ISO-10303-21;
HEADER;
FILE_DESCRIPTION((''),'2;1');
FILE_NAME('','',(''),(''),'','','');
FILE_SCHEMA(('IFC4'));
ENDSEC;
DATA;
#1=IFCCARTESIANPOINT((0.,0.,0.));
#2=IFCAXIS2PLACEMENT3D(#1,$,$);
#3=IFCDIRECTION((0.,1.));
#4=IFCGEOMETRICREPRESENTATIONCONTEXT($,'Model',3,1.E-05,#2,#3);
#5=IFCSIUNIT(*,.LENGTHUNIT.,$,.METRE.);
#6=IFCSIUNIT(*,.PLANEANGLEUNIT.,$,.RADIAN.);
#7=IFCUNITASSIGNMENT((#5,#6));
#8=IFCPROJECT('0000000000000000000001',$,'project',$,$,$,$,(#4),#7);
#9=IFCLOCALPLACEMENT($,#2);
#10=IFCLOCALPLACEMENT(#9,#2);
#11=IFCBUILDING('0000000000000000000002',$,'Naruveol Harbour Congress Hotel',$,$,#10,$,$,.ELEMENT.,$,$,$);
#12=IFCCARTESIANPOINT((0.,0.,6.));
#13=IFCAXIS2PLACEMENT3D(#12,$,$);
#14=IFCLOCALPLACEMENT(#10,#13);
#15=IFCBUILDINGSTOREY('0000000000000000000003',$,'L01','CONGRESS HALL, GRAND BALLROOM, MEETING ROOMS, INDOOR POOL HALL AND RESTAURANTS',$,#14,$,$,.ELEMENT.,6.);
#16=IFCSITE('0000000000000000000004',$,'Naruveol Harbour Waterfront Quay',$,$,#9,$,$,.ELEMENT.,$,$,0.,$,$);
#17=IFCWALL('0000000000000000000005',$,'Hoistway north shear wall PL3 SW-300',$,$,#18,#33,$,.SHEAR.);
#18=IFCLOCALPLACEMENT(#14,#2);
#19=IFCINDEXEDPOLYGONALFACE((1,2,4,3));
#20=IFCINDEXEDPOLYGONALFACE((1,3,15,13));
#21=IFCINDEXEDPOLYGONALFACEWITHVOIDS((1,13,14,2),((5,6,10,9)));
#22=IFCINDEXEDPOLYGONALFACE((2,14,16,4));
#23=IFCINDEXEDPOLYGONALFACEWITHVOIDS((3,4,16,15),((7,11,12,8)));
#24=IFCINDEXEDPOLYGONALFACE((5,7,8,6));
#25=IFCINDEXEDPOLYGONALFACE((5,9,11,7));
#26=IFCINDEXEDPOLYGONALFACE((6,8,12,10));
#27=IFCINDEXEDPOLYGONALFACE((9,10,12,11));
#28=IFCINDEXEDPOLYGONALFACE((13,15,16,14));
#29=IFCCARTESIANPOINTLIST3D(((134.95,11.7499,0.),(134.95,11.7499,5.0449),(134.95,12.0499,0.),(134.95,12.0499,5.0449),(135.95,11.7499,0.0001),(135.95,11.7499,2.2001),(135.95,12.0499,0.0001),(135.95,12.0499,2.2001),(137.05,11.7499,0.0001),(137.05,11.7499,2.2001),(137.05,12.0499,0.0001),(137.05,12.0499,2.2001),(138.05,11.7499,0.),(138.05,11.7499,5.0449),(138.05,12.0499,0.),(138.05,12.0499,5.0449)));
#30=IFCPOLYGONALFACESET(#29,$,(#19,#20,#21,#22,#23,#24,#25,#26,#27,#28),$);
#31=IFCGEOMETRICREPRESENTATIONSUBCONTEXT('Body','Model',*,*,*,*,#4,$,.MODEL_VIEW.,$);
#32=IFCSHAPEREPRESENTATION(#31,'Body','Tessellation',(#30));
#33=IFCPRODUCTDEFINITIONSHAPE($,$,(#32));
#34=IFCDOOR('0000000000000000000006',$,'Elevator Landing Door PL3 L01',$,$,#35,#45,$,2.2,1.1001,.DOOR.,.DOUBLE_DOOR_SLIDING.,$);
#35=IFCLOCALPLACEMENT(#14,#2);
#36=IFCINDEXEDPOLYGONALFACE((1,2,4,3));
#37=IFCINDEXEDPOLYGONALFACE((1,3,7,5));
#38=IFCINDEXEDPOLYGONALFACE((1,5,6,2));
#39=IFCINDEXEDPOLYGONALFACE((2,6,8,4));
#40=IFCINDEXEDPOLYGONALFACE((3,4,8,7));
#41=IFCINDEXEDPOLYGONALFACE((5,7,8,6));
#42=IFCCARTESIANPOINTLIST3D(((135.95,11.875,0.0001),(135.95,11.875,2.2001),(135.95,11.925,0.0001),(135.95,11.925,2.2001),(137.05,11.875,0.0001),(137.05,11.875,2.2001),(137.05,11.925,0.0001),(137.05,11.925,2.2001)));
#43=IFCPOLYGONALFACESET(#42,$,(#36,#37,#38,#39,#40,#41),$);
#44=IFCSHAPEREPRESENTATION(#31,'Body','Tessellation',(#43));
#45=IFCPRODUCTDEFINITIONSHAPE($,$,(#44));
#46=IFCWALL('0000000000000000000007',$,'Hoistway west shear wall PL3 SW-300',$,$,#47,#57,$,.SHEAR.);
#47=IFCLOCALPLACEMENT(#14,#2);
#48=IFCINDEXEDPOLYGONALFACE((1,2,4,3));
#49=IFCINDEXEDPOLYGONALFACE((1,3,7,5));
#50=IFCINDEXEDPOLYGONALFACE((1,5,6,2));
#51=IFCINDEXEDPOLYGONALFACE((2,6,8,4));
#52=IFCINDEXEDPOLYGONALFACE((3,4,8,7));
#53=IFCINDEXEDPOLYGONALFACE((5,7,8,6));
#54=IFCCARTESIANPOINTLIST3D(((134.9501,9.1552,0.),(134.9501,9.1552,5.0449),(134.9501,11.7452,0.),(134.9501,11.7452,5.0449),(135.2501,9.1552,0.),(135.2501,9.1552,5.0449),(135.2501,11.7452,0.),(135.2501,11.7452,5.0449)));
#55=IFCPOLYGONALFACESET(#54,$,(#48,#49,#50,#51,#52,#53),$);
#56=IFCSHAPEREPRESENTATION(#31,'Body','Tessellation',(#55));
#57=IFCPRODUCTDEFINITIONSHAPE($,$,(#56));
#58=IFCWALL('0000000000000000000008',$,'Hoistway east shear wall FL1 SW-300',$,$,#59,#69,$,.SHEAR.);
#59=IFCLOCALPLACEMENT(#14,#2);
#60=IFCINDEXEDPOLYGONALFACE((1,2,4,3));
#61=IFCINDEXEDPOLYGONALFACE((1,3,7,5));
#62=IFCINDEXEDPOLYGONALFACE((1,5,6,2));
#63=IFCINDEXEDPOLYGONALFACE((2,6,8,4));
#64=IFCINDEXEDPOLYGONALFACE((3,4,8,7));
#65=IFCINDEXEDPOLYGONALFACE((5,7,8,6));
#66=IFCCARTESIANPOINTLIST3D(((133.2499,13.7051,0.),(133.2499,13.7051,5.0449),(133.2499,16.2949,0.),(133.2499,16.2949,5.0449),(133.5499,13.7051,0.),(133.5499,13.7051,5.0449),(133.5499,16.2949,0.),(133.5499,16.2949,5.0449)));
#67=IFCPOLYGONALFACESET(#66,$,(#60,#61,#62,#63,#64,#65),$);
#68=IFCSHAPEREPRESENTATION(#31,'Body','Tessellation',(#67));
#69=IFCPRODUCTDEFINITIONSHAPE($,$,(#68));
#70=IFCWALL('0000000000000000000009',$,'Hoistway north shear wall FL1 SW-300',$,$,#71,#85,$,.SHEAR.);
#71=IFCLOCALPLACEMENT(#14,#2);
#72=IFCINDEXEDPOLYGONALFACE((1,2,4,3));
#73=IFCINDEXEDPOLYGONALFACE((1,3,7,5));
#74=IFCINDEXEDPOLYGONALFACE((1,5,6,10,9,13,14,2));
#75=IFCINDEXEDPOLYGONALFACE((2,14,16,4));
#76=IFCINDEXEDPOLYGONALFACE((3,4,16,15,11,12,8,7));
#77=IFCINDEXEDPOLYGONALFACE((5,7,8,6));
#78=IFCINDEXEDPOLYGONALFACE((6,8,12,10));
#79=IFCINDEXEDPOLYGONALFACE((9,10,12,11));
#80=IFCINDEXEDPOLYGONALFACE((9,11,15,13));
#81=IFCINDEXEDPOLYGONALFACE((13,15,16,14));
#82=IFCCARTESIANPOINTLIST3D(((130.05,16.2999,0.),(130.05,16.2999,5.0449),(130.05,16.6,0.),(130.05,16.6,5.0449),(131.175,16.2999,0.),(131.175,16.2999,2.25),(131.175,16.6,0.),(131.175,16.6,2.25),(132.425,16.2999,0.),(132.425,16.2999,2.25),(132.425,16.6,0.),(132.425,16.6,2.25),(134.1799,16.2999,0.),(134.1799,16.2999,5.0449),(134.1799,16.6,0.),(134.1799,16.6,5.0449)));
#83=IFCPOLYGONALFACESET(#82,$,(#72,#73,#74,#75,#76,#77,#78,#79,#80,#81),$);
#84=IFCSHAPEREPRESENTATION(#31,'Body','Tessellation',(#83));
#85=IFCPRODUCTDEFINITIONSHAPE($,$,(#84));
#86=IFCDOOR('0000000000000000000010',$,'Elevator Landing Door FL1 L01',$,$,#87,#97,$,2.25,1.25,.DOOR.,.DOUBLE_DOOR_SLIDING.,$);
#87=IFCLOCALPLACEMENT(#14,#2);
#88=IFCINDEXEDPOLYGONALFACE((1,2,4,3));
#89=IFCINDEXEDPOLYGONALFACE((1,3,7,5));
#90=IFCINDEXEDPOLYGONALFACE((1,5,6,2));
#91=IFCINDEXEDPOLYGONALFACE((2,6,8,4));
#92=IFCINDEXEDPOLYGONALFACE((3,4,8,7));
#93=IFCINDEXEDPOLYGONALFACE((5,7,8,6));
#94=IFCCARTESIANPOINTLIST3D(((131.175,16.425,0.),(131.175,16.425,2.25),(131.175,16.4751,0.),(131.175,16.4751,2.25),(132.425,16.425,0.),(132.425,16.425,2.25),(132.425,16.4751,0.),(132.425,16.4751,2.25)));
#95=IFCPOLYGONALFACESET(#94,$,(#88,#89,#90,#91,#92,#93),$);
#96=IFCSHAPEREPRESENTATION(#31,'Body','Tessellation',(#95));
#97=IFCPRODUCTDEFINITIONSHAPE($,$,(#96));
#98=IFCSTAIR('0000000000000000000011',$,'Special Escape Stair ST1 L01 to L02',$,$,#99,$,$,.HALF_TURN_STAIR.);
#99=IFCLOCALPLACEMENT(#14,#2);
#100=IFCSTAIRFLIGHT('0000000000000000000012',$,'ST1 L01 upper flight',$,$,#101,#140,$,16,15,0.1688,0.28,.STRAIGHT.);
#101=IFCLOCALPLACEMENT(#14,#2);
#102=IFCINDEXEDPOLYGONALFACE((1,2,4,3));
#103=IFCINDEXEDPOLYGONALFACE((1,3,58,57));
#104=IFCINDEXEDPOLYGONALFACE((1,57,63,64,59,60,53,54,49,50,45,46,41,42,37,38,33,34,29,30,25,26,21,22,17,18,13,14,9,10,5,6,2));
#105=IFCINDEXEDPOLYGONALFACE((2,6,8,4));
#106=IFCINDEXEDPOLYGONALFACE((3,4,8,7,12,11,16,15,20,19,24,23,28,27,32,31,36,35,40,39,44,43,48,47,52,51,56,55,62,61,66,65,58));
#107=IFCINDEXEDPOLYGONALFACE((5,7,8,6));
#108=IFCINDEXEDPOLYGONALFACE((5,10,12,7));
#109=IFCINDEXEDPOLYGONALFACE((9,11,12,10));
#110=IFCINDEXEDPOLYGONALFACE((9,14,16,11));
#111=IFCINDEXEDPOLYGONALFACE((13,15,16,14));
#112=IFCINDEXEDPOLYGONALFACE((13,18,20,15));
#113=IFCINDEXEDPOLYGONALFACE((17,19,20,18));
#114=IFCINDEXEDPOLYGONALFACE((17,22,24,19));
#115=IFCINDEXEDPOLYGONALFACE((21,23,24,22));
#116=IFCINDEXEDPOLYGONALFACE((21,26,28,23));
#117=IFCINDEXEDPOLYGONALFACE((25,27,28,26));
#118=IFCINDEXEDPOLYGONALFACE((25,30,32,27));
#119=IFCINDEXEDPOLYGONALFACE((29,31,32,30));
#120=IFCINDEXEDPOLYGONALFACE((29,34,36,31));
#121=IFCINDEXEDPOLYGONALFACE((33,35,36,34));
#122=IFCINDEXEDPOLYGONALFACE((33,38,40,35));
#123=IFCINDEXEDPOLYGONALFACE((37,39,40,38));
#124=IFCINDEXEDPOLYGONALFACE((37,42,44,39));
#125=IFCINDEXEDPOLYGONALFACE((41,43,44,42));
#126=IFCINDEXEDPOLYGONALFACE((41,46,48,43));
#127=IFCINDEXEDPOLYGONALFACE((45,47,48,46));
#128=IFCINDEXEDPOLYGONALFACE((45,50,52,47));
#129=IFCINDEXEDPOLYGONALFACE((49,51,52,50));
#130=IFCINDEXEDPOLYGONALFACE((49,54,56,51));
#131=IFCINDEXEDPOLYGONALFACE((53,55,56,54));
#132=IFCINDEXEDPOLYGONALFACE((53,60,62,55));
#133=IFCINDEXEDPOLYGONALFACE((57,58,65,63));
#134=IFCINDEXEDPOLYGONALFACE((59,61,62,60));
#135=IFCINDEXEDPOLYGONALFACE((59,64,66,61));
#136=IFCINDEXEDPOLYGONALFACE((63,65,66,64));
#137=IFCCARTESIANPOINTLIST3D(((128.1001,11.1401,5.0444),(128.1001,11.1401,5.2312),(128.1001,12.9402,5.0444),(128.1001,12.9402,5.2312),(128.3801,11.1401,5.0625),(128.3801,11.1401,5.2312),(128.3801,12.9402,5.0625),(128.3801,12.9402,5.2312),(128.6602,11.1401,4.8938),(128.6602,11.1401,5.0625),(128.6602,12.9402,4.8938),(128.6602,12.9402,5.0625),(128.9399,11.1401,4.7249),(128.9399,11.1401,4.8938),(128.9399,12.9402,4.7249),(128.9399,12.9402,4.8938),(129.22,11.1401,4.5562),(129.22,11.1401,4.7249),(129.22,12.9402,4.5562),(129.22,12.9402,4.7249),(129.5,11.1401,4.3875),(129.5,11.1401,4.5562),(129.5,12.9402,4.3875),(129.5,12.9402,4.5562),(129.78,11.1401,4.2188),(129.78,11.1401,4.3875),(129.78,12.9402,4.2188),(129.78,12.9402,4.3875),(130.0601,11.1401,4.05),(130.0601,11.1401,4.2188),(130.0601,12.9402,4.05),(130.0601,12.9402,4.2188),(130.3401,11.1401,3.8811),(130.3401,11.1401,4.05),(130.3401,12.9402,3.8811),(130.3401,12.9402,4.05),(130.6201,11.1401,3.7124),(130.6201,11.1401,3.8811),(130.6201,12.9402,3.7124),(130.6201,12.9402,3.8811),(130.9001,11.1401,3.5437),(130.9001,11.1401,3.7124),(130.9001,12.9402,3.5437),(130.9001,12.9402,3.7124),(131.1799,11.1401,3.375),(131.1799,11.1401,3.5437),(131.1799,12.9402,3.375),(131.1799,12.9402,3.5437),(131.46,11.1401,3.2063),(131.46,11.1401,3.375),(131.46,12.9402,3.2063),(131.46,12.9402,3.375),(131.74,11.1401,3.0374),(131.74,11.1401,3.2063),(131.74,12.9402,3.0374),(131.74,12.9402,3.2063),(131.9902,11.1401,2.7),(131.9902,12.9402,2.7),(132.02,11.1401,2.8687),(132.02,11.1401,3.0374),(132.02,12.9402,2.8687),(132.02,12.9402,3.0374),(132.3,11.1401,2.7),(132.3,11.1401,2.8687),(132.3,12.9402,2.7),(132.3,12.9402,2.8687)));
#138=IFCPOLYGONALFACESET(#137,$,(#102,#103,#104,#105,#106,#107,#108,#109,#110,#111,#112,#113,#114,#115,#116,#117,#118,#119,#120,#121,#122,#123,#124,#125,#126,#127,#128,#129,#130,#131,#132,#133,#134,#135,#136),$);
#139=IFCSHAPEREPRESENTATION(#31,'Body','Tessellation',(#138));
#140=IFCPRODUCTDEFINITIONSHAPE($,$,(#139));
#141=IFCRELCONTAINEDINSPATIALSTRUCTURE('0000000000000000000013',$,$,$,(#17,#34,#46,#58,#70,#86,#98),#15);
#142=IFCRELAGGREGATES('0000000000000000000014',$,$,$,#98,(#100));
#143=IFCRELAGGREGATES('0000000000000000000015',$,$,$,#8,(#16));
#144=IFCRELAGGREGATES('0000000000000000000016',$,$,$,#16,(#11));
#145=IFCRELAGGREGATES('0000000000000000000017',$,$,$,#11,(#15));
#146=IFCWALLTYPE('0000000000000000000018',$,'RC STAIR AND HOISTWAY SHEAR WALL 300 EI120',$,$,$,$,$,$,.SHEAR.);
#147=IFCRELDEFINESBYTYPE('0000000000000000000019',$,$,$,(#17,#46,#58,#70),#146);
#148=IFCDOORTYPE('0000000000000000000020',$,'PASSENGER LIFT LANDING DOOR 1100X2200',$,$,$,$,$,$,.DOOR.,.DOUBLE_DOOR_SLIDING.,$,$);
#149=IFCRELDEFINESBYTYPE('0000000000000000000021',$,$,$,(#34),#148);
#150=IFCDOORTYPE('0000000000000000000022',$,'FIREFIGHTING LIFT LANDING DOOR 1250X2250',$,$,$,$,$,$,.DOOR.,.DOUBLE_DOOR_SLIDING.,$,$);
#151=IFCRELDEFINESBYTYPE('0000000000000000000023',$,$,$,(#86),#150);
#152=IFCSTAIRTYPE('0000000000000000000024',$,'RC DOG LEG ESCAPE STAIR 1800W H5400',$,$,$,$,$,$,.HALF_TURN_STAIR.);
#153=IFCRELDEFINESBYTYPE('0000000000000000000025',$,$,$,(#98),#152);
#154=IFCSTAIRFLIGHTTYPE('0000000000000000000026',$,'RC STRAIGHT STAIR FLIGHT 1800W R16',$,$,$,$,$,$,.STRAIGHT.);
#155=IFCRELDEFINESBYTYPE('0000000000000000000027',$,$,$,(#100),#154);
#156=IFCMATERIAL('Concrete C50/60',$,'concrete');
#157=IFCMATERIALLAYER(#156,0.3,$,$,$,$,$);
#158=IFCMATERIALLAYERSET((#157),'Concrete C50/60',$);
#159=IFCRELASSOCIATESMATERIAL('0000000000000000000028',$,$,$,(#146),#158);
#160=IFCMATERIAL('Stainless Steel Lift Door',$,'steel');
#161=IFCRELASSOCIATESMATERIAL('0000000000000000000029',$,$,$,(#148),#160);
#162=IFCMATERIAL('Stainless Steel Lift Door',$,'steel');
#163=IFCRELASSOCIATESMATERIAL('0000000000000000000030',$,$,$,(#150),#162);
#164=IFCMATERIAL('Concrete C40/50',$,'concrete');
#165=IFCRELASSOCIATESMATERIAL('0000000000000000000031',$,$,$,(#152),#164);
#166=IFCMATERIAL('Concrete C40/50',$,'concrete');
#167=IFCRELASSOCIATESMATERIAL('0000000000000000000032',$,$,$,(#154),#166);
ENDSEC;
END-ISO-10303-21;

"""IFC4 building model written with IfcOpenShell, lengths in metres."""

from ifc_helpers import new_model, si_unit, direction, frame, frame_2d, origin, place, context, subcontext, project, spatial, polyline, rectangle, outline, extrude, material, layer, layer_set, type_object, element, fill, aggregate, save


model = new_model("IFC4")

# Units and contexts
model_context = context("Model", 3, precision=1e-05, world=origin(), true_north=direction((0.0, 1.0)))
body_context = subcontext(model_context, "Body", "Model", "MODEL_VIEW")
ifc_project = project(units=[si_unit("LENGTHUNIT", "METRE"), si_unit("PLANEANGLEUNIT", "RADIAN")], contexts=[model_context])

# Site, building, storey
site_placement = place(None, origin())
site = spatial("IfcSite", under=ifc_project, at=site_placement, Name="Naruveol Harbour Waterfront Quay", CompositionType="ELEMENT", RefElevation=0.0)
building_placement = place(site_placement, origin())
building = spatial("IfcBuilding", under=site, at=building_placement, Name="Naruveol Harbour Congress Hotel", CompositionType="ELEMENT")
storey_placement = place(building_placement, frame((0.0, 0.0, 6.0)))
storey = spatial("IfcBuildingStorey", under=building, at=storey_placement, Name="L01", Description="CONGRESS HALL, GRAND BALLROOM, MEETING ROOMS, INDOOR POOL HALL AND RESTAURANTS", CompositionType="ELEMENT", Elevation=6.0)

# Shared definitions
ifc_material_1 = material(Name="Concrete C50/60", Category="concrete")
ifc_layer_1 = layer(ifc_material_1, 0.3)
ifc_layer_set_1 = layer_set([ifc_layer_1], Name="Concrete C50/60")
wall_type_1 = type_object("IfcWallType", Name="RC STAIR AND HOISTWAY SHEAR WALL 300 EI120", PredefinedType="SHEAR", material=ifc_layer_set_1)
ifc_material_2 = material(Name="Stainless Steel Lift Door", Category="steel")
door_type_1 = type_object("IfcDoorType", Name="PASSENGER LIFT LANDING DOOR 1100X2200", OperationType="DOUBLE_DOOR_SLIDING", PredefinedType="DOOR", material=ifc_material_2)

# Wall, opening, door
wall_1_placement = place(storey_placement, frame((138.05, 11.8999, 0.0), z_axis=(0.0, 0.0, 1.0), x_axis=(-1.0, 0.0, 0.0)))
wall_1 = element("IfcWall", 1, at=wall_1_placement, inside=storey, type_object=wall_type_1, Name="Hoistway north shear wall PL3 SW-300", PredefinedType="SHEAR", context=body_context, shape_type="SweptSolid", body=[
    extrude(rectangle(XDim=3.1001, YDim=0.3, at=frame_2d((1.55, 0.0))), origin(), (0.0, 0.0, 1.0), 5.0449),
])
opening_1_placement = place(wall_1_placement, frame((1.0, 0.0, 0.0)))
opening_1 = element("IfcOpeningElement", 2, at=opening_1_placement, cuts=wall_1, PredefinedType="OPENING", context=body_context, shape_type="SweptSolid", body=[
    extrude(rectangle(XDim=1.1001, YDim=2.2, at=frame_2d((0.55, 1.1001))), frame((0.0, 0.1599, 0.0), z_axis=(0.0, -1.0, 0.0), x_axis=(1.0, 0.0, 0.0)), (0.0, 0.0, 1.0), 0.3201),
])
door_1_placement = place(opening_1_placement, origin())
door_1 = element("IfcDoor", 3, at=door_1_placement, inside=storey, type_object=door_type_1, Name="Elevator Landing Door PL3 L01", OperationType="DOUBLE_DOOR_SLIDING", OverallHeight=2.2, OverallWidth=1.1001, PredefinedType="DOOR", context=body_context, shape_type="SweptSolid", body=[
    extrude(rectangle(XDim=1.1001, YDim=2.2, at=frame_2d((0.55, 1.1001))), frame((0.0, 0.0249, 0.0), z_axis=(0.0, -1.0, 0.0), x_axis=(1.0, 0.0, 0.0)), (0.0, 0.0, 1.0), 0.05),
])
fill(opening_1, door_1)

# Walls
wall_2_placement = place(storey_placement, frame((135.1001, 11.7451, 0.0), z_axis=(0.0, 0.0, 1.0), x_axis=(0.0, -1.0, 0.0)))
element("IfcWall", 4, at=wall_2_placement, inside=storey, type_object=wall_type_1, Name="Hoistway west shear wall PL3 SW-300", PredefinedType="SHEAR", context=body_context, shape_type="SweptSolid", body=[
    extrude(rectangle(XDim=2.5901, YDim=0.3, at=frame_2d((1.2949, 0.0))), origin(), (0.0, 0.0, 1.0), 5.0449),
])
wall_3_placement = place(storey_placement, frame((133.3999, 13.7051, 0.0), z_axis=(0.0, 0.0, 1.0), x_axis=(0.0, 1.0, 0.0)))
element("IfcWall", 5, at=wall_3_placement, inside=storey, type_object=wall_type_1, Name="Hoistway east shear wall FL1 SW-300", PredefinedType="SHEAR", context=body_context, shape_type="SweptSolid", body=[
    extrude(rectangle(XDim=2.5898, YDim=0.3, at=frame_2d((1.2949, 0.0))), origin(), (0.0, 0.0, 1.0), 5.0449),
])

# Wall, opening, door
wall_4_placement = place(storey_placement, frame((134.1799, 16.45, 0.0), z_axis=(0.0, 0.0, 1.0), x_axis=(-1.0, 0.0, 0.0)))
wall_4 = element("IfcWall", 6, at=wall_4_placement, inside=storey, type_object=wall_type_1, Name="Hoistway north shear wall FL1 SW-300", PredefinedType="SHEAR", context=body_context, shape_type="SweptSolid", body=[
    extrude(rectangle(XDim=4.1299, YDim=0.3, at=frame_2d((2.0649, 0.0))), origin(), (0.0, 0.0, 1.0), 5.0449),
])
opening_2_placement = place(wall_4_placement, frame((1.7549, 0.0, 0.0)))
opening_2 = element("IfcOpeningElement", 7, at=opening_2_placement, cuts=wall_4, PredefinedType="OPENING", context=body_context, shape_type="SweptSolid", body=[
    extrude(rectangle(XDim=1.25, YDim=2.25, at=frame_2d((0.625, 1.125))), frame((0.0, 0.1599, 0.0), z_axis=(0.0, -1.0, 0.0), x_axis=(1.0, 0.0, 0.0)), (0.0, 0.0, 1.0), 0.3201),
])
ifc_material_3 = material(Name="Stainless Steel Lift Door", Category="steel")
door_type_2 = type_object("IfcDoorType", Name="FIREFIGHTING LIFT LANDING DOOR 1250X2250", OperationType="DOUBLE_DOOR_SLIDING", PredefinedType="DOOR", material=ifc_material_3)
door_2_placement = place(opening_2_placement, origin())
door_2 = element("IfcDoor", 8, at=door_2_placement, inside=storey, type_object=door_type_2, Name="Elevator Landing Door FL1 L01", OperationType="DOUBLE_DOOR_SLIDING", OverallHeight=2.25, OverallWidth=1.25, PredefinedType="DOOR", context=body_context, shape_type="SweptSolid", body=[
    extrude(rectangle(XDim=1.25, YDim=2.25, at=frame_2d((0.625, 1.125))), frame((0.0, 0.0249, 0.0), z_axis=(0.0, -1.0, 0.0), x_axis=(1.0, 0.0, 0.0)), (0.0, 0.0, 1.0), 0.05),
])
fill(opening_2, door_2)

# Stair, stair flight
ifc_material_4 = material(Name="Concrete C40/50", Category="concrete")
stair_type = type_object("IfcStairType", Name="RC DOG LEG ESCAPE STAIR 1800W H5400", PredefinedType="HALF_TURN_STAIR", material=ifc_material_4)
stair_placement = place(storey_placement, origin())
stair = element("IfcStair", 9, at=stair_placement, inside=storey, type_object=stair_type, Name="Special Escape Stair ST1 L01 to L02", PredefinedType="HALF_TURN_STAIR")
ifc_material_5 = material(Name="Concrete C40/50", Category="concrete")
stair_flight_type = type_object("IfcStairFlightType", Name="RC STRAIGHT STAIR FLIGHT 1800W R16", PredefinedType="STRAIGHT", material=ifc_material_5)
stair_flight_placement = place(storey_placement, frame((132.3, 12.04, 2.7), z_axis=(0.0, 0.0, 1.0), x_axis=(-1.0, 0.0, 0.0)))
stair_flight = element("IfcStairFlight", 10, at=stair_flight_placement, type_object=stair_flight_type, Name="ST1 L01 upper flight", NumberOfRisers=16, NumberOfTreads=15, PredefinedType="STRAIGHT", RiserHeight=0.1688, TreadLength=0.28, context=body_context, shape_type="SweptSolid", body=[
    extrude(outline(polyline([(0.0, 0.0), (0.0, 0.1687), (0.28, 0.1687), (0.28, 0.3374), (0.5601, 0.3374), (0.5601, 0.5063), (0.8401, 0.5063), (0.8401, 0.675), (1.1201, 0.675), (1.1201, 0.8438), (1.3999, 0.8438), (1.3999, 1.0125), (1.6799, 1.0125), (1.6799, 1.1812), (1.96, 1.1812), (1.96, 1.3501), (2.24, 1.3501), (2.24, 1.5188), (2.52, 1.5188), (2.52, 1.6875), (2.8, 1.6875), (2.8, 1.8562), (3.0801, 1.8562), (3.0801, 2.0249), (3.3601, 2.0249), (3.3601, 2.1938), (3.6399, 2.1938), (3.6399, 2.3625), (3.9199, 2.3625), (3.9199, 2.5312), (4.2, 2.5312), (4.2, 2.7), (4.2, 2.3445), (0.3098, 0.0), (0.0, 0.0)])), frame((0.0, 0.8999, 0.0), z_axis=(0.0, -1.0, 0.0), x_axis=(1.0, 0.0, 0.0)), (0.0, 0.0, 1.0), 1.8),
])
aggregate(stair, [stair_flight])

save(model, "model.ifc")
